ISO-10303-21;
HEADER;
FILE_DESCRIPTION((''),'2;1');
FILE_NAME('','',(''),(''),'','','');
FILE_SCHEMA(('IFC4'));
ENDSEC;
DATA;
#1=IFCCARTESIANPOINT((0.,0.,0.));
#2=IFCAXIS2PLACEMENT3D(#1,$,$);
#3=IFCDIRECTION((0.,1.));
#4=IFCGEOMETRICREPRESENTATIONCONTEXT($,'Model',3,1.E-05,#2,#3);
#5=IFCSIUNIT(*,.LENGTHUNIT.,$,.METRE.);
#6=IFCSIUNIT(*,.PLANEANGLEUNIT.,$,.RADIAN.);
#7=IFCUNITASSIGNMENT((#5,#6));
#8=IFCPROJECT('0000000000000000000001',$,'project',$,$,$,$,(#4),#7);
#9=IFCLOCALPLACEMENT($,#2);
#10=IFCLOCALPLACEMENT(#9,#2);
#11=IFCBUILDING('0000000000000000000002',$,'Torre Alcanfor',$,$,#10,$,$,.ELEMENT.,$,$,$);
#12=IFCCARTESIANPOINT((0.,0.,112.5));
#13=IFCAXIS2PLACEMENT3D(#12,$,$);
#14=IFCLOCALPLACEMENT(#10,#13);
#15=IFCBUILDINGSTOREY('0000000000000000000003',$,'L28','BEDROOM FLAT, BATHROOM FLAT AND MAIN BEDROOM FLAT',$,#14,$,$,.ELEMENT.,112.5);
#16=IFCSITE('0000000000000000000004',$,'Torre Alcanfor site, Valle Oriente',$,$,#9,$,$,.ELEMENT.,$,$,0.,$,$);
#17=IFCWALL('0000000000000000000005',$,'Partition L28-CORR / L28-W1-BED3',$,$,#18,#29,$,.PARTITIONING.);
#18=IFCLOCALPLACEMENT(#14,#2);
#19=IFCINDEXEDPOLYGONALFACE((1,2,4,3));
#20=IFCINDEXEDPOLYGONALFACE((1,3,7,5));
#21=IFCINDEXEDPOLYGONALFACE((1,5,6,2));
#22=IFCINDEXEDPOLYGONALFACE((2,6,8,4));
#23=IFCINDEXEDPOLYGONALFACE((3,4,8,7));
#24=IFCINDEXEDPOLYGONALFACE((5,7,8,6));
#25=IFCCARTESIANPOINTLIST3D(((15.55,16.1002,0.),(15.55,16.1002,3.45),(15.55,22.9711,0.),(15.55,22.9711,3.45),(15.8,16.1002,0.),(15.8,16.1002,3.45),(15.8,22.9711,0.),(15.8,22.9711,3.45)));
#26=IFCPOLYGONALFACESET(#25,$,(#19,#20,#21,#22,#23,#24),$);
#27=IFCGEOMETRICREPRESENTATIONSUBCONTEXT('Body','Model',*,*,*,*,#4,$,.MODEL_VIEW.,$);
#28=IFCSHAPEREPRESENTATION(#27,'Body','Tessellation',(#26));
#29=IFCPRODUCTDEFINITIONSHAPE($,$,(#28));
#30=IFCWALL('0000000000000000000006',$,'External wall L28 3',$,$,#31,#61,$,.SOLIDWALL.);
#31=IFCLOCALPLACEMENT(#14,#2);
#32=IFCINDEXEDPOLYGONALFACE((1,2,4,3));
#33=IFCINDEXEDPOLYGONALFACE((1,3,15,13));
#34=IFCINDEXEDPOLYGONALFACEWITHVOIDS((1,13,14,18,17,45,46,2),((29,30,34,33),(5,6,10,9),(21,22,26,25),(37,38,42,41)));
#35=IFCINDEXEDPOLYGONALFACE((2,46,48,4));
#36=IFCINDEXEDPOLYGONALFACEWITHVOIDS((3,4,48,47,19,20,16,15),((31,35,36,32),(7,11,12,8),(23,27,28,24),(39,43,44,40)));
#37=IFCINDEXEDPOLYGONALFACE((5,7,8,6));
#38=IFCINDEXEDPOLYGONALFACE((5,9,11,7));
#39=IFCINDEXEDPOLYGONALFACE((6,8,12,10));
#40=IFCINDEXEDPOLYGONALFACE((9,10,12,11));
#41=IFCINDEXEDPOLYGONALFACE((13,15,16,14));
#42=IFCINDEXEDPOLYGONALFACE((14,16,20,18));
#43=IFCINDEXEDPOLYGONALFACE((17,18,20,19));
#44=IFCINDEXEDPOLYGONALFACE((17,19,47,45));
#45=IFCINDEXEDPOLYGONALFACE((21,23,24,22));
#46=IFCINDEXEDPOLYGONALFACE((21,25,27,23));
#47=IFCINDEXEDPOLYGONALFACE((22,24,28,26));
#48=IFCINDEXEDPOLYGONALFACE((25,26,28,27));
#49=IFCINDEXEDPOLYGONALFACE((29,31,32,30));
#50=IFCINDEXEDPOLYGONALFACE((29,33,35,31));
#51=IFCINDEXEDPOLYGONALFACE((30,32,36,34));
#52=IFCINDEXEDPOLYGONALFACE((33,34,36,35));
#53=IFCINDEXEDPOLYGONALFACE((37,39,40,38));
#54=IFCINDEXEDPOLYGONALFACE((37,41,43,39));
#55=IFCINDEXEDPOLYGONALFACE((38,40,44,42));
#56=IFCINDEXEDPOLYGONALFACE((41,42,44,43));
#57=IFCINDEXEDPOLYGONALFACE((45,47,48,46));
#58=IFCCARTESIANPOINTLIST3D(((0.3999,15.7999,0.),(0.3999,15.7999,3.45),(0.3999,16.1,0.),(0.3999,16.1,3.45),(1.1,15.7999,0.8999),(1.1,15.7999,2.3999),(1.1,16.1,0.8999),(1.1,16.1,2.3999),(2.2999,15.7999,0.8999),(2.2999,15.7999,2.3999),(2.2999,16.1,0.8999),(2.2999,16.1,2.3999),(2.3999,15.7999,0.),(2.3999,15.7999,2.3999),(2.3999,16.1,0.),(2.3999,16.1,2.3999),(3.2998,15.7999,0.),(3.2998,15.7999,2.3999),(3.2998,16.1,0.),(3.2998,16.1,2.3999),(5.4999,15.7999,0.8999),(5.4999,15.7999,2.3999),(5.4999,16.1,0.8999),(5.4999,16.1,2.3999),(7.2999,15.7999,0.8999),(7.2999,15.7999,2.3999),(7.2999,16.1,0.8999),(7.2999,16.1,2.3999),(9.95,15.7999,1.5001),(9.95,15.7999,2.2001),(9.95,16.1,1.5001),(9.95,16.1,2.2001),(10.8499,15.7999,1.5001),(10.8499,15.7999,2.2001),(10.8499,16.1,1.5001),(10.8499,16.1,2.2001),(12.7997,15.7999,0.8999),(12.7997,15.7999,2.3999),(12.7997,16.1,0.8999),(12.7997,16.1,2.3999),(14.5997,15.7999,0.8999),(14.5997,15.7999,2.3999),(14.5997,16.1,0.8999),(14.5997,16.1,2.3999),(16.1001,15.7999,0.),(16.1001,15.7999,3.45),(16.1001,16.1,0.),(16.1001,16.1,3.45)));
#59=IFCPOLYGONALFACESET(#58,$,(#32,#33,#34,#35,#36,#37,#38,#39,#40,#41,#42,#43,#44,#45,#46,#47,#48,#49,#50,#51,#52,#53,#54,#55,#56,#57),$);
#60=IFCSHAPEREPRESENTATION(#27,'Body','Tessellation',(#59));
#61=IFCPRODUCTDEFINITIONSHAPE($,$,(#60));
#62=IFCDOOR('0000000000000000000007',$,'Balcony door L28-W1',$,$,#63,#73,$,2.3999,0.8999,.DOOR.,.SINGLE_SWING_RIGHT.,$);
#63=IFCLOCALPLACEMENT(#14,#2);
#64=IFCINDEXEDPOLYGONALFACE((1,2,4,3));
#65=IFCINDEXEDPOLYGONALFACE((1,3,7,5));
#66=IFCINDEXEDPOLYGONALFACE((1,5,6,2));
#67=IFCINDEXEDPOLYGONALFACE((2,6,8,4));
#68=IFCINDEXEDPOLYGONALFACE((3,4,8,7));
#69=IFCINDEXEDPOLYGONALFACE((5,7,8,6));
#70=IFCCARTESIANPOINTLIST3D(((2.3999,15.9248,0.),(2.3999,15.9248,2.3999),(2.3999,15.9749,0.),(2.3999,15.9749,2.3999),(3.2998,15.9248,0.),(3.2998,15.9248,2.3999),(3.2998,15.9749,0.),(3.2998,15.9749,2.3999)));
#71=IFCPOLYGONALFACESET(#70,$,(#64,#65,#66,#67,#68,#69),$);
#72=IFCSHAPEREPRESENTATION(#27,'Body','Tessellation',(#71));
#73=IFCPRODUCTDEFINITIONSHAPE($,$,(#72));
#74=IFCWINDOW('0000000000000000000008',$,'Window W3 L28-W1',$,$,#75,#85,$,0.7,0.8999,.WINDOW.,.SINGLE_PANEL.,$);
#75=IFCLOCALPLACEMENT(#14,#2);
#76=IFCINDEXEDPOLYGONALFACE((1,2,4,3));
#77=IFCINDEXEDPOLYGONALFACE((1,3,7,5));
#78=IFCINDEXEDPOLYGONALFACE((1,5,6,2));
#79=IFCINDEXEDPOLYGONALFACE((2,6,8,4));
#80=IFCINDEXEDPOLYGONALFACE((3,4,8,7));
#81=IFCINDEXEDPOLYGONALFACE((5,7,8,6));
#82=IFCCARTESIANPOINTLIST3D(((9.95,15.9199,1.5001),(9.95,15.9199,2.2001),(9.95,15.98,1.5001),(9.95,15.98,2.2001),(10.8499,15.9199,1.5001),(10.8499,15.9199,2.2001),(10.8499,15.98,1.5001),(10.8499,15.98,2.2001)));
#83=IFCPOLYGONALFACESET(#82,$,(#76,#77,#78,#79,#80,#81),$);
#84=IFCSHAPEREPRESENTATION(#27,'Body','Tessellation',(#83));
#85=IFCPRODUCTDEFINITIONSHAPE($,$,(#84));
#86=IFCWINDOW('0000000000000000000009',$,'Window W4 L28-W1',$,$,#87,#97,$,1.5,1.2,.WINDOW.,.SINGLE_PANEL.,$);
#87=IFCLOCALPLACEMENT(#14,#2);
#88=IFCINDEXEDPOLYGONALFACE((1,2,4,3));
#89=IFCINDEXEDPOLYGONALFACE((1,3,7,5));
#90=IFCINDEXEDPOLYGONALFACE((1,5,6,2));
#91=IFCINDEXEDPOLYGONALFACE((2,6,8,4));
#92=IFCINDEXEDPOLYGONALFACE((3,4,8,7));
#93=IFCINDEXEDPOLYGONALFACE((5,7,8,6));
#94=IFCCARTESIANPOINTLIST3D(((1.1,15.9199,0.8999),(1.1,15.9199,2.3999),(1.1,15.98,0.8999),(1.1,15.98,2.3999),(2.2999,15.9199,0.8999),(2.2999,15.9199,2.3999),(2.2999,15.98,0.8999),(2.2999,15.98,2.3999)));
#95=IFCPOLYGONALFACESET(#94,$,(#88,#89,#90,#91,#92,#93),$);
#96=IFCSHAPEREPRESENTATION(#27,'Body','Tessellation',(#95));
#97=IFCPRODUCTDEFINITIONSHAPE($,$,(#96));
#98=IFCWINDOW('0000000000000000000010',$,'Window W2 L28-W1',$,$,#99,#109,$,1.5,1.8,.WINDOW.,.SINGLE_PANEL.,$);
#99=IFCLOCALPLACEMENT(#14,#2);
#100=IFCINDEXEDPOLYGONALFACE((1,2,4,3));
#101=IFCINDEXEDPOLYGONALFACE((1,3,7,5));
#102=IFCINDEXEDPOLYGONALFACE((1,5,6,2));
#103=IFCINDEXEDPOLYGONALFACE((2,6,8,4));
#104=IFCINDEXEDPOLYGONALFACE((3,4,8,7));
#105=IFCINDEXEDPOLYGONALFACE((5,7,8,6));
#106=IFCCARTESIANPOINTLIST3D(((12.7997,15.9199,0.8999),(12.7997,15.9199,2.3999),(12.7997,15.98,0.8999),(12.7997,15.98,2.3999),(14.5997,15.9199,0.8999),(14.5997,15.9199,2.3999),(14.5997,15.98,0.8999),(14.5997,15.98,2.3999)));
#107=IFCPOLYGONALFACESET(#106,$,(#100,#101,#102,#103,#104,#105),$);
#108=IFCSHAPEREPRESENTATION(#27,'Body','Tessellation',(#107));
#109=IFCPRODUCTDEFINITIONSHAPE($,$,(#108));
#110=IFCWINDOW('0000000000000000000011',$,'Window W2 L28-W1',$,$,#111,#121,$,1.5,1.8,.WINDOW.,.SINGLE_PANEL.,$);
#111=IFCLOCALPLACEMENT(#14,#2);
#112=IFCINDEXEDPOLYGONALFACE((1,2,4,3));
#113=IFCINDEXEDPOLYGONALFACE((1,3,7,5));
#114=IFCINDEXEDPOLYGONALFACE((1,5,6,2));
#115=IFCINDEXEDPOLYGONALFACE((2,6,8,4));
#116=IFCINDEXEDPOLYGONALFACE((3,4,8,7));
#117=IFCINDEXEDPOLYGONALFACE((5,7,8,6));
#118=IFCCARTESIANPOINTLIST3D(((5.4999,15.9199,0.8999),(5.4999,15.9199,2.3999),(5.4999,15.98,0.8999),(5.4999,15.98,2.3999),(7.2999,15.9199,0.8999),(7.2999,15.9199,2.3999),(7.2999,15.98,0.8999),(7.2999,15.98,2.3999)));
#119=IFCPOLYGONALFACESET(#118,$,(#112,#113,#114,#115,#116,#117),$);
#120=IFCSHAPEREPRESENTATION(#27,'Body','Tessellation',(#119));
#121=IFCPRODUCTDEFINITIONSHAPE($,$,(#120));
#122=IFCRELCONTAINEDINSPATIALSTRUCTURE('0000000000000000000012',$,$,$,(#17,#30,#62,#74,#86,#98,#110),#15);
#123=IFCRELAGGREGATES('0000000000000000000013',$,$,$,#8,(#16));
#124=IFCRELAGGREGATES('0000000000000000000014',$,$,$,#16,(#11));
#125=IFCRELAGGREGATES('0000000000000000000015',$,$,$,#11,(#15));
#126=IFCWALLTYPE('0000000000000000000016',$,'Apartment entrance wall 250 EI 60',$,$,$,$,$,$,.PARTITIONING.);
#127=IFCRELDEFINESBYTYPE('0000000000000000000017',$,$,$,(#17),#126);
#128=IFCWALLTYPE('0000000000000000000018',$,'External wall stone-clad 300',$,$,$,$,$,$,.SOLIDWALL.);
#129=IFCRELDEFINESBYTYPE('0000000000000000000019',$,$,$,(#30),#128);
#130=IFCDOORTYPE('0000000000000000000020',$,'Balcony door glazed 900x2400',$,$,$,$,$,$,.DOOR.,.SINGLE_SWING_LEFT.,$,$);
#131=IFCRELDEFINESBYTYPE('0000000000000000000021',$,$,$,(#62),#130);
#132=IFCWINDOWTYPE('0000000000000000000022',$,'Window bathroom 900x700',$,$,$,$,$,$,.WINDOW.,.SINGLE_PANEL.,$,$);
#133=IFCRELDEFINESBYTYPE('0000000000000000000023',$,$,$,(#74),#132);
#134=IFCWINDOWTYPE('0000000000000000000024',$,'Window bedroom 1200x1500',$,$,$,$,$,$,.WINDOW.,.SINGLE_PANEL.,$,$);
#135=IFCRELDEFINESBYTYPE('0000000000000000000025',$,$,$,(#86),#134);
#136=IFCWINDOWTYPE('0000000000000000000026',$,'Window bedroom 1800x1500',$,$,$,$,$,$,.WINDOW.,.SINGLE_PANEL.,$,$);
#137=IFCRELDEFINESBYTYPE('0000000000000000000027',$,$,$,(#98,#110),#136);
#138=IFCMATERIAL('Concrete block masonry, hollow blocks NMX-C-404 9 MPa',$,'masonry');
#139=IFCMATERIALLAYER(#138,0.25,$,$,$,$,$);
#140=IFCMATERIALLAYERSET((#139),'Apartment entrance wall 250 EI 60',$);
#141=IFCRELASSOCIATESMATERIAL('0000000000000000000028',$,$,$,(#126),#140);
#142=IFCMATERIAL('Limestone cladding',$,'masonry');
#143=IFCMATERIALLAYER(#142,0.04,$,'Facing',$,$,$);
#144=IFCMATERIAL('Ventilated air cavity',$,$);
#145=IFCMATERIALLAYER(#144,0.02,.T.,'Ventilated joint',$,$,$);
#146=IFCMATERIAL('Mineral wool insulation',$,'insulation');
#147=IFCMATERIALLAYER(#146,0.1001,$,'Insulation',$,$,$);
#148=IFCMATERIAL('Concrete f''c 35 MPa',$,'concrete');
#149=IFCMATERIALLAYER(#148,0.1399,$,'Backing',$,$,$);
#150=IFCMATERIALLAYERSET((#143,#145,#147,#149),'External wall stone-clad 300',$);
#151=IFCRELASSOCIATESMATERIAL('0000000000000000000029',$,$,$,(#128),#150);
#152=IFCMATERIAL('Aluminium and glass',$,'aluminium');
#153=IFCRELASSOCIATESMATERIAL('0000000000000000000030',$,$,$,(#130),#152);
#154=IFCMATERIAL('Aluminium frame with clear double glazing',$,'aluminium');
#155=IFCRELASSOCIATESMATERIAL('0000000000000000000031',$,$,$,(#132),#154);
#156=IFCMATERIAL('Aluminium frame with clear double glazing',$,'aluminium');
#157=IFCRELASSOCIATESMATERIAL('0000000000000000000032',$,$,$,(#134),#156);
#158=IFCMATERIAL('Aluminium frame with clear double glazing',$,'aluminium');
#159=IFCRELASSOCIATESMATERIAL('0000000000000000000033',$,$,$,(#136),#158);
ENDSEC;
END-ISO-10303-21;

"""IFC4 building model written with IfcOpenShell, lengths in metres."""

from ifc_helpers import new_model, si_unit, direction, frame, frame_2d, origin, place, context, subcontext, project, spatial, rectangle, extrude, material, layer, layer_set, type_object, element, fill, save


model = new_model("IFC4")

# Units and contexts
model_context = context("Model", 3, precision=1e-05, world=origin(), true_north=direction((0.0, 1.0)))
body_context = subcontext(model_context, "Body", "Model", "MODEL_VIEW")
ifc_project = project(units=[si_unit("LENGTHUNIT", "METRE"), si_unit("PLANEANGLEUNIT", "RADIAN")], contexts=[model_context])

# Site, building, storey
site_placement = place(None, origin())
site = spatial("IfcSite", under=ifc_project, at=site_placement, Name="Torre Alcanfor site, Valle Oriente", CompositionType="ELEMENT", RefElevation=0.0)
building_placement = place(site_placement, origin())
building = spatial("IfcBuilding", under=site, at=building_placement, Name="Torre Alcanfor", CompositionType="ELEMENT")
storey_placement = place(building_placement, frame((0.0, 0.0, 112.5)))
storey = spatial("IfcBuildingStorey", under=building, at=storey_placement, Name="L28", Description="BEDROOM FLAT, BATHROOM FLAT AND MAIN BEDROOM FLAT", CompositionType="ELEMENT", Elevation=112.5)

# Wall
ifc_material_1 = material(Name="Concrete block masonry, hollow blocks NMX-C-404 9 MPa", Category="masonry")
ifc_layer_1 = layer(ifc_material_1, 0.25)
ifc_layer_set_1 = layer_set([ifc_layer_1], Name="Apartment entrance wall 250 EI 60")
wall_type_1 = type_object("IfcWallType", Name="Apartment entrance wall 250 EI 60", PredefinedType="PARTITIONING", material=ifc_layer_set_1)
wall_1_placement = place(storey_placement, frame((15.675, 16.1001, 0.0), z_axis=(0.0, 0.0, 1.0), x_axis=(0.0, 1.0, 0.0)))
element("IfcWall", 1, at=wall_1_placement, inside=storey, type_object=wall_type_1, Name="Partition L28-CORR / L28-W1-BED3", PredefinedType="PARTITIONING", context=body_context, shape_type="SweptSolid", body=[
    extrude(rectangle(XDim=6.8708, YDim=0.25, at=frame_2d((3.4355, 0.0))), origin(), (0.0, 0.0, 1.0), 3.45),
])

# Wall, openings, door, windows
ifc_material_2 = material(Name="Limestone cladding", Category="masonry")
ifc_layer_2 = layer(ifc_material_2, 0.04, Name="Facing")
ifc_material_3 = material(Name="Ventilated air cavity")
ifc_layer_3 = layer(ifc_material_3, 0.02, ventilated=True, Name="Ventilated joint")
ifc_material_4 = material(Name="Mineral wool insulation", Category="insulation")
ifc_layer_4 = layer(ifc_material_4, 0.1001, Name="Insulation")
ifc_material_5 = material(Name="Concrete f'c 35 MPa", Category="concrete")
ifc_layer_5 = layer(ifc_material_5, 0.1399, Name="Backing")
ifc_layer_set_2 = layer_set([ifc_layer_2, ifc_layer_3, ifc_layer_4, ifc_layer_5], Name="External wall stone-clad 300")
wall_type_2 = type_object("IfcWallType", Name="External wall stone-clad 300", PredefinedType="SOLIDWALL", material=ifc_layer_set_2)
wall_2_placement = place(storey_placement, frame((0.3999, 15.95, 0.0), z_axis=(0.0, 0.0, 1.0), x_axis=(1.0, 0.0, 0.0)))
wall_2 = element("IfcWall", 2, at=wall_2_placement, inside=storey, type_object=wall_type_2, Name="External wall L28 3", PredefinedType="SOLIDWALL", context=body_context, shape_type="SweptSolid", body=[
    extrude(rectangle(XDim=15.7002, YDim=0.3, at=frame_2d((7.8501, 0.0))), origin(), (0.0, 0.0, 1.0), 3.45),
])
opening_1_placement = place(wall_2_placement, frame((12.3999, 0.0, 0.8999)))
opening_1 = element("IfcOpeningElement", 3, at=opening_1_placement, cuts=wall_2, PredefinedType="OPENING", context=body_context, shape_type="SweptSolid", body=[
    extrude(rectangle(XDim=1.8, YDim=1.5, at=frame_2d((0.8999, 0.75))), frame((0.0, 0.1599, 0.0), z_axis=(0.0, -1.0, 0.0), x_axis=(1.0, 0.0, 0.0)), (0.0, 0.0, 1.0), 0.3201),
])
opening_2_placement = place(wall_2_placement, frame((9.55, 0.0, 1.5)))
opening_2 = element("IfcOpeningElement", 4, at=opening_2_placement, cuts=wall_2, PredefinedType="OPENING", context=body_context, shape_type="SweptSolid", body=[
    extrude(rectangle(XDim=0.8999, YDim=0.7, at=frame_2d((0.45, 0.3501))), frame((0.0, 0.1599, 0.0), z_axis=(0.0, -1.0, 0.0), x_axis=(1.0, 0.0, 0.0)), (0.0, 0.0, 1.0), 0.3201),
])
opening_3_placement = place(wall_2_placement, frame((5.1001, 0.0, 0.8999)))
opening_3 = element("IfcOpeningElement", 5, at=opening_3_placement, cuts=wall_2, PredefinedType="OPENING", context=body_context, shape_type="SweptSolid", body=[
    extrude(rectangle(XDim=1.8, YDim=1.5, at=frame_2d((0.8999, 0.75))), frame((0.0, 0.1599, 0.0), z_axis=(0.0, -1.0, 0.0), x_axis=(1.0, 0.0, 0.0)), (0.0, 0.0, 1.0), 0.3201),
])
opening_4_placement = place(wall_2_placement, frame((2.0, 0.0, 0.0)))
opening_4 = element("IfcOpeningElement", 6, at=opening_4_placement, cuts=wall_2, PredefinedType="OPENING", context=body_context, shape_type="SweptSolid", body=[
    extrude(rectangle(XDim=0.8999, YDim=2.3999, at=frame_2d((0.45, 1.2))), frame((0.0, 0.1599, 0.0), z_axis=(0.0, -1.0, 0.0), x_axis=(1.0, 0.0, 0.0)), (0.0, 0.0, 1.0), 0.3201),
])
opening_5_placement = place(wall_2_placement, frame((0.7, 0.0, 0.8999)))
opening_5 = element("IfcOpeningElement", 7, at=opening_5_placement, cuts=wall_2, PredefinedType="OPENING", context=body_context, shape_type="SweptSolid", body=[
    extrude(rectangle(XDim=1.2, YDim=1.5, at=frame_2d((0.6001, 0.75))), frame((0.0, 0.1599, 0.0), z_axis=(0.0, -1.0, 0.0), x_axis=(1.0, 0.0, 0.0)), (0.0, 0.0, 1.0), 0.3201),
])
ifc_material_6 = material(Name="Aluminium and glass", Category="aluminium")
door_type = type_object("IfcDoorType", Name="Balcony door glazed 900x2400", OperationType="SINGLE_SWING_LEFT", PredefinedType="DOOR", material=ifc_material_6)
door_placement = place(opening_4_placement, origin())
door = element("IfcDoor", 8, at=door_placement, inside=storey, type_object=door_type, Name="Balcony door L28-W1", OperationType="SINGLE_SWING_RIGHT", OverallHeight=2.3999, OverallWidth=0.8999, PredefinedType="DOOR", context=body_context, shape_type="SweptSolid", body=[
    extrude(rectangle(XDim=0.8999, YDim=2.3999, at=frame_2d((0.45, 1.2))), frame((0.0, 0.0249, 0.0), z_axis=(0.0, -1.0, 0.0), x_axis=(1.0, 0.0, 0.0)), (0.0, 0.0, 1.0), 0.05),
])
fill(opening_4, door)
ifc_material_7 = material(Name="Aluminium frame with clear double glazing", Category="aluminium")
window_type_1 = type_object("IfcWindowType", Name="Window bathroom 900x700", PartitioningType="SINGLE_PANEL", PredefinedType="WINDOW", material=ifc_material_7)
window_1_placement = place(opening_2_placement, origin())
window_1 = element("IfcWindow", 9, at=window_1_placement, inside=storey, type_object=window_type_1, Name="Window W3 L28-W1", OverallHeight=0.7, OverallWidth=0.8999, PartitioningType="SINGLE_PANEL", PredefinedType="WINDOW", context=body_context, shape_type="SweptSolid", body=[
    extrude(rectangle(XDim=0.8999, YDim=0.7, at=frame_2d((0.45, 0.3501))), frame((0.0, 0.03, 0.0), z_axis=(0.0, -1.0, 0.0), x_axis=(1.0, 0.0, 0.0)), (0.0, 0.0, 1.0), 0.0601),
])
fill(opening_2, window_1)
ifc_material_8 = material(Name="Aluminium frame with clear double glazing", Category="aluminium")
window_type_2 = type_object("IfcWindowType", Name="Window bedroom 1200x1500", PartitioningType="SINGLE_PANEL", PredefinedType="WINDOW", material=ifc_material_8)
window_2_placement = place(opening_5_placement, origin())
window_2 = element("IfcWindow", 10, at=window_2_placement, inside=storey, type_object=window_type_2, Name="Window W4 L28-W1", OverallHeight=1.5, OverallWidth=1.2, PartitioningType="SINGLE_PANEL", PredefinedType="WINDOW", context=body_context, shape_type="SweptSolid", body=[
    extrude(rectangle(XDim=1.2, YDim=1.5, at=frame_2d((0.6001, 0.75))), frame((0.0, 0.03, 0.0), z_axis=(0.0, -1.0, 0.0), x_axis=(1.0, 0.0, 0.0)), (0.0, 0.0, 1.0), 0.0601),
])
fill(opening_5, window_2)
ifc_material_9 = material(Name="Aluminium frame with clear double glazing", Category="aluminium")
window_type_3 = type_object("IfcWindowType", Name="Window bedroom 1800x1500", PartitioningType="SINGLE_PANEL", PredefinedType="WINDOW", material=ifc_material_9)
window_3_placement = place(opening_1_placement, origin())
window_3 = element("IfcWindow", 11, at=window_3_placement, inside=storey, type_object=window_type_3, Name="Window W2 L28-W1", OverallHeight=1.5, OverallWidth=1.8, PartitioningType="SINGLE_PANEL", PredefinedType="WINDOW", context=body_context, shape_type="SweptSolid", body=[
    extrude(rectangle(XDim=1.8, YDim=1.5, at=frame_2d((0.8999, 0.75))), frame((0.0, 0.03, 0.0), z_axis=(0.0, -1.0, 0.0), x_axis=(1.0, 0.0, 0.0)), (0.0, 0.0, 1.0), 0.0601),
])
fill(opening_1, window_3)
window_4_placement = place(opening_3_placement, origin())
window_4 = element("IfcWindow", 12, at=window_4_placement, inside=storey, type_object=window_type_3, Name="Window W2 L28-W1", OverallHeight=1.5, OverallWidth=1.8, PartitioningType="SINGLE_PANEL", PredefinedType="WINDOW", context=body_context, shape_type="SweptSolid", body=[
    extrude(rectangle(XDim=1.8, YDim=1.5, at=frame_2d((0.8999, 0.75))), frame((0.0, 0.03, 0.0), z_axis=(0.0, -1.0, 0.0), x_axis=(1.0, 0.0, 0.0)), (0.0, 0.0, 1.0), 0.0601),
])
fill(opening_3, window_4)

save(model, "model.ifc")
